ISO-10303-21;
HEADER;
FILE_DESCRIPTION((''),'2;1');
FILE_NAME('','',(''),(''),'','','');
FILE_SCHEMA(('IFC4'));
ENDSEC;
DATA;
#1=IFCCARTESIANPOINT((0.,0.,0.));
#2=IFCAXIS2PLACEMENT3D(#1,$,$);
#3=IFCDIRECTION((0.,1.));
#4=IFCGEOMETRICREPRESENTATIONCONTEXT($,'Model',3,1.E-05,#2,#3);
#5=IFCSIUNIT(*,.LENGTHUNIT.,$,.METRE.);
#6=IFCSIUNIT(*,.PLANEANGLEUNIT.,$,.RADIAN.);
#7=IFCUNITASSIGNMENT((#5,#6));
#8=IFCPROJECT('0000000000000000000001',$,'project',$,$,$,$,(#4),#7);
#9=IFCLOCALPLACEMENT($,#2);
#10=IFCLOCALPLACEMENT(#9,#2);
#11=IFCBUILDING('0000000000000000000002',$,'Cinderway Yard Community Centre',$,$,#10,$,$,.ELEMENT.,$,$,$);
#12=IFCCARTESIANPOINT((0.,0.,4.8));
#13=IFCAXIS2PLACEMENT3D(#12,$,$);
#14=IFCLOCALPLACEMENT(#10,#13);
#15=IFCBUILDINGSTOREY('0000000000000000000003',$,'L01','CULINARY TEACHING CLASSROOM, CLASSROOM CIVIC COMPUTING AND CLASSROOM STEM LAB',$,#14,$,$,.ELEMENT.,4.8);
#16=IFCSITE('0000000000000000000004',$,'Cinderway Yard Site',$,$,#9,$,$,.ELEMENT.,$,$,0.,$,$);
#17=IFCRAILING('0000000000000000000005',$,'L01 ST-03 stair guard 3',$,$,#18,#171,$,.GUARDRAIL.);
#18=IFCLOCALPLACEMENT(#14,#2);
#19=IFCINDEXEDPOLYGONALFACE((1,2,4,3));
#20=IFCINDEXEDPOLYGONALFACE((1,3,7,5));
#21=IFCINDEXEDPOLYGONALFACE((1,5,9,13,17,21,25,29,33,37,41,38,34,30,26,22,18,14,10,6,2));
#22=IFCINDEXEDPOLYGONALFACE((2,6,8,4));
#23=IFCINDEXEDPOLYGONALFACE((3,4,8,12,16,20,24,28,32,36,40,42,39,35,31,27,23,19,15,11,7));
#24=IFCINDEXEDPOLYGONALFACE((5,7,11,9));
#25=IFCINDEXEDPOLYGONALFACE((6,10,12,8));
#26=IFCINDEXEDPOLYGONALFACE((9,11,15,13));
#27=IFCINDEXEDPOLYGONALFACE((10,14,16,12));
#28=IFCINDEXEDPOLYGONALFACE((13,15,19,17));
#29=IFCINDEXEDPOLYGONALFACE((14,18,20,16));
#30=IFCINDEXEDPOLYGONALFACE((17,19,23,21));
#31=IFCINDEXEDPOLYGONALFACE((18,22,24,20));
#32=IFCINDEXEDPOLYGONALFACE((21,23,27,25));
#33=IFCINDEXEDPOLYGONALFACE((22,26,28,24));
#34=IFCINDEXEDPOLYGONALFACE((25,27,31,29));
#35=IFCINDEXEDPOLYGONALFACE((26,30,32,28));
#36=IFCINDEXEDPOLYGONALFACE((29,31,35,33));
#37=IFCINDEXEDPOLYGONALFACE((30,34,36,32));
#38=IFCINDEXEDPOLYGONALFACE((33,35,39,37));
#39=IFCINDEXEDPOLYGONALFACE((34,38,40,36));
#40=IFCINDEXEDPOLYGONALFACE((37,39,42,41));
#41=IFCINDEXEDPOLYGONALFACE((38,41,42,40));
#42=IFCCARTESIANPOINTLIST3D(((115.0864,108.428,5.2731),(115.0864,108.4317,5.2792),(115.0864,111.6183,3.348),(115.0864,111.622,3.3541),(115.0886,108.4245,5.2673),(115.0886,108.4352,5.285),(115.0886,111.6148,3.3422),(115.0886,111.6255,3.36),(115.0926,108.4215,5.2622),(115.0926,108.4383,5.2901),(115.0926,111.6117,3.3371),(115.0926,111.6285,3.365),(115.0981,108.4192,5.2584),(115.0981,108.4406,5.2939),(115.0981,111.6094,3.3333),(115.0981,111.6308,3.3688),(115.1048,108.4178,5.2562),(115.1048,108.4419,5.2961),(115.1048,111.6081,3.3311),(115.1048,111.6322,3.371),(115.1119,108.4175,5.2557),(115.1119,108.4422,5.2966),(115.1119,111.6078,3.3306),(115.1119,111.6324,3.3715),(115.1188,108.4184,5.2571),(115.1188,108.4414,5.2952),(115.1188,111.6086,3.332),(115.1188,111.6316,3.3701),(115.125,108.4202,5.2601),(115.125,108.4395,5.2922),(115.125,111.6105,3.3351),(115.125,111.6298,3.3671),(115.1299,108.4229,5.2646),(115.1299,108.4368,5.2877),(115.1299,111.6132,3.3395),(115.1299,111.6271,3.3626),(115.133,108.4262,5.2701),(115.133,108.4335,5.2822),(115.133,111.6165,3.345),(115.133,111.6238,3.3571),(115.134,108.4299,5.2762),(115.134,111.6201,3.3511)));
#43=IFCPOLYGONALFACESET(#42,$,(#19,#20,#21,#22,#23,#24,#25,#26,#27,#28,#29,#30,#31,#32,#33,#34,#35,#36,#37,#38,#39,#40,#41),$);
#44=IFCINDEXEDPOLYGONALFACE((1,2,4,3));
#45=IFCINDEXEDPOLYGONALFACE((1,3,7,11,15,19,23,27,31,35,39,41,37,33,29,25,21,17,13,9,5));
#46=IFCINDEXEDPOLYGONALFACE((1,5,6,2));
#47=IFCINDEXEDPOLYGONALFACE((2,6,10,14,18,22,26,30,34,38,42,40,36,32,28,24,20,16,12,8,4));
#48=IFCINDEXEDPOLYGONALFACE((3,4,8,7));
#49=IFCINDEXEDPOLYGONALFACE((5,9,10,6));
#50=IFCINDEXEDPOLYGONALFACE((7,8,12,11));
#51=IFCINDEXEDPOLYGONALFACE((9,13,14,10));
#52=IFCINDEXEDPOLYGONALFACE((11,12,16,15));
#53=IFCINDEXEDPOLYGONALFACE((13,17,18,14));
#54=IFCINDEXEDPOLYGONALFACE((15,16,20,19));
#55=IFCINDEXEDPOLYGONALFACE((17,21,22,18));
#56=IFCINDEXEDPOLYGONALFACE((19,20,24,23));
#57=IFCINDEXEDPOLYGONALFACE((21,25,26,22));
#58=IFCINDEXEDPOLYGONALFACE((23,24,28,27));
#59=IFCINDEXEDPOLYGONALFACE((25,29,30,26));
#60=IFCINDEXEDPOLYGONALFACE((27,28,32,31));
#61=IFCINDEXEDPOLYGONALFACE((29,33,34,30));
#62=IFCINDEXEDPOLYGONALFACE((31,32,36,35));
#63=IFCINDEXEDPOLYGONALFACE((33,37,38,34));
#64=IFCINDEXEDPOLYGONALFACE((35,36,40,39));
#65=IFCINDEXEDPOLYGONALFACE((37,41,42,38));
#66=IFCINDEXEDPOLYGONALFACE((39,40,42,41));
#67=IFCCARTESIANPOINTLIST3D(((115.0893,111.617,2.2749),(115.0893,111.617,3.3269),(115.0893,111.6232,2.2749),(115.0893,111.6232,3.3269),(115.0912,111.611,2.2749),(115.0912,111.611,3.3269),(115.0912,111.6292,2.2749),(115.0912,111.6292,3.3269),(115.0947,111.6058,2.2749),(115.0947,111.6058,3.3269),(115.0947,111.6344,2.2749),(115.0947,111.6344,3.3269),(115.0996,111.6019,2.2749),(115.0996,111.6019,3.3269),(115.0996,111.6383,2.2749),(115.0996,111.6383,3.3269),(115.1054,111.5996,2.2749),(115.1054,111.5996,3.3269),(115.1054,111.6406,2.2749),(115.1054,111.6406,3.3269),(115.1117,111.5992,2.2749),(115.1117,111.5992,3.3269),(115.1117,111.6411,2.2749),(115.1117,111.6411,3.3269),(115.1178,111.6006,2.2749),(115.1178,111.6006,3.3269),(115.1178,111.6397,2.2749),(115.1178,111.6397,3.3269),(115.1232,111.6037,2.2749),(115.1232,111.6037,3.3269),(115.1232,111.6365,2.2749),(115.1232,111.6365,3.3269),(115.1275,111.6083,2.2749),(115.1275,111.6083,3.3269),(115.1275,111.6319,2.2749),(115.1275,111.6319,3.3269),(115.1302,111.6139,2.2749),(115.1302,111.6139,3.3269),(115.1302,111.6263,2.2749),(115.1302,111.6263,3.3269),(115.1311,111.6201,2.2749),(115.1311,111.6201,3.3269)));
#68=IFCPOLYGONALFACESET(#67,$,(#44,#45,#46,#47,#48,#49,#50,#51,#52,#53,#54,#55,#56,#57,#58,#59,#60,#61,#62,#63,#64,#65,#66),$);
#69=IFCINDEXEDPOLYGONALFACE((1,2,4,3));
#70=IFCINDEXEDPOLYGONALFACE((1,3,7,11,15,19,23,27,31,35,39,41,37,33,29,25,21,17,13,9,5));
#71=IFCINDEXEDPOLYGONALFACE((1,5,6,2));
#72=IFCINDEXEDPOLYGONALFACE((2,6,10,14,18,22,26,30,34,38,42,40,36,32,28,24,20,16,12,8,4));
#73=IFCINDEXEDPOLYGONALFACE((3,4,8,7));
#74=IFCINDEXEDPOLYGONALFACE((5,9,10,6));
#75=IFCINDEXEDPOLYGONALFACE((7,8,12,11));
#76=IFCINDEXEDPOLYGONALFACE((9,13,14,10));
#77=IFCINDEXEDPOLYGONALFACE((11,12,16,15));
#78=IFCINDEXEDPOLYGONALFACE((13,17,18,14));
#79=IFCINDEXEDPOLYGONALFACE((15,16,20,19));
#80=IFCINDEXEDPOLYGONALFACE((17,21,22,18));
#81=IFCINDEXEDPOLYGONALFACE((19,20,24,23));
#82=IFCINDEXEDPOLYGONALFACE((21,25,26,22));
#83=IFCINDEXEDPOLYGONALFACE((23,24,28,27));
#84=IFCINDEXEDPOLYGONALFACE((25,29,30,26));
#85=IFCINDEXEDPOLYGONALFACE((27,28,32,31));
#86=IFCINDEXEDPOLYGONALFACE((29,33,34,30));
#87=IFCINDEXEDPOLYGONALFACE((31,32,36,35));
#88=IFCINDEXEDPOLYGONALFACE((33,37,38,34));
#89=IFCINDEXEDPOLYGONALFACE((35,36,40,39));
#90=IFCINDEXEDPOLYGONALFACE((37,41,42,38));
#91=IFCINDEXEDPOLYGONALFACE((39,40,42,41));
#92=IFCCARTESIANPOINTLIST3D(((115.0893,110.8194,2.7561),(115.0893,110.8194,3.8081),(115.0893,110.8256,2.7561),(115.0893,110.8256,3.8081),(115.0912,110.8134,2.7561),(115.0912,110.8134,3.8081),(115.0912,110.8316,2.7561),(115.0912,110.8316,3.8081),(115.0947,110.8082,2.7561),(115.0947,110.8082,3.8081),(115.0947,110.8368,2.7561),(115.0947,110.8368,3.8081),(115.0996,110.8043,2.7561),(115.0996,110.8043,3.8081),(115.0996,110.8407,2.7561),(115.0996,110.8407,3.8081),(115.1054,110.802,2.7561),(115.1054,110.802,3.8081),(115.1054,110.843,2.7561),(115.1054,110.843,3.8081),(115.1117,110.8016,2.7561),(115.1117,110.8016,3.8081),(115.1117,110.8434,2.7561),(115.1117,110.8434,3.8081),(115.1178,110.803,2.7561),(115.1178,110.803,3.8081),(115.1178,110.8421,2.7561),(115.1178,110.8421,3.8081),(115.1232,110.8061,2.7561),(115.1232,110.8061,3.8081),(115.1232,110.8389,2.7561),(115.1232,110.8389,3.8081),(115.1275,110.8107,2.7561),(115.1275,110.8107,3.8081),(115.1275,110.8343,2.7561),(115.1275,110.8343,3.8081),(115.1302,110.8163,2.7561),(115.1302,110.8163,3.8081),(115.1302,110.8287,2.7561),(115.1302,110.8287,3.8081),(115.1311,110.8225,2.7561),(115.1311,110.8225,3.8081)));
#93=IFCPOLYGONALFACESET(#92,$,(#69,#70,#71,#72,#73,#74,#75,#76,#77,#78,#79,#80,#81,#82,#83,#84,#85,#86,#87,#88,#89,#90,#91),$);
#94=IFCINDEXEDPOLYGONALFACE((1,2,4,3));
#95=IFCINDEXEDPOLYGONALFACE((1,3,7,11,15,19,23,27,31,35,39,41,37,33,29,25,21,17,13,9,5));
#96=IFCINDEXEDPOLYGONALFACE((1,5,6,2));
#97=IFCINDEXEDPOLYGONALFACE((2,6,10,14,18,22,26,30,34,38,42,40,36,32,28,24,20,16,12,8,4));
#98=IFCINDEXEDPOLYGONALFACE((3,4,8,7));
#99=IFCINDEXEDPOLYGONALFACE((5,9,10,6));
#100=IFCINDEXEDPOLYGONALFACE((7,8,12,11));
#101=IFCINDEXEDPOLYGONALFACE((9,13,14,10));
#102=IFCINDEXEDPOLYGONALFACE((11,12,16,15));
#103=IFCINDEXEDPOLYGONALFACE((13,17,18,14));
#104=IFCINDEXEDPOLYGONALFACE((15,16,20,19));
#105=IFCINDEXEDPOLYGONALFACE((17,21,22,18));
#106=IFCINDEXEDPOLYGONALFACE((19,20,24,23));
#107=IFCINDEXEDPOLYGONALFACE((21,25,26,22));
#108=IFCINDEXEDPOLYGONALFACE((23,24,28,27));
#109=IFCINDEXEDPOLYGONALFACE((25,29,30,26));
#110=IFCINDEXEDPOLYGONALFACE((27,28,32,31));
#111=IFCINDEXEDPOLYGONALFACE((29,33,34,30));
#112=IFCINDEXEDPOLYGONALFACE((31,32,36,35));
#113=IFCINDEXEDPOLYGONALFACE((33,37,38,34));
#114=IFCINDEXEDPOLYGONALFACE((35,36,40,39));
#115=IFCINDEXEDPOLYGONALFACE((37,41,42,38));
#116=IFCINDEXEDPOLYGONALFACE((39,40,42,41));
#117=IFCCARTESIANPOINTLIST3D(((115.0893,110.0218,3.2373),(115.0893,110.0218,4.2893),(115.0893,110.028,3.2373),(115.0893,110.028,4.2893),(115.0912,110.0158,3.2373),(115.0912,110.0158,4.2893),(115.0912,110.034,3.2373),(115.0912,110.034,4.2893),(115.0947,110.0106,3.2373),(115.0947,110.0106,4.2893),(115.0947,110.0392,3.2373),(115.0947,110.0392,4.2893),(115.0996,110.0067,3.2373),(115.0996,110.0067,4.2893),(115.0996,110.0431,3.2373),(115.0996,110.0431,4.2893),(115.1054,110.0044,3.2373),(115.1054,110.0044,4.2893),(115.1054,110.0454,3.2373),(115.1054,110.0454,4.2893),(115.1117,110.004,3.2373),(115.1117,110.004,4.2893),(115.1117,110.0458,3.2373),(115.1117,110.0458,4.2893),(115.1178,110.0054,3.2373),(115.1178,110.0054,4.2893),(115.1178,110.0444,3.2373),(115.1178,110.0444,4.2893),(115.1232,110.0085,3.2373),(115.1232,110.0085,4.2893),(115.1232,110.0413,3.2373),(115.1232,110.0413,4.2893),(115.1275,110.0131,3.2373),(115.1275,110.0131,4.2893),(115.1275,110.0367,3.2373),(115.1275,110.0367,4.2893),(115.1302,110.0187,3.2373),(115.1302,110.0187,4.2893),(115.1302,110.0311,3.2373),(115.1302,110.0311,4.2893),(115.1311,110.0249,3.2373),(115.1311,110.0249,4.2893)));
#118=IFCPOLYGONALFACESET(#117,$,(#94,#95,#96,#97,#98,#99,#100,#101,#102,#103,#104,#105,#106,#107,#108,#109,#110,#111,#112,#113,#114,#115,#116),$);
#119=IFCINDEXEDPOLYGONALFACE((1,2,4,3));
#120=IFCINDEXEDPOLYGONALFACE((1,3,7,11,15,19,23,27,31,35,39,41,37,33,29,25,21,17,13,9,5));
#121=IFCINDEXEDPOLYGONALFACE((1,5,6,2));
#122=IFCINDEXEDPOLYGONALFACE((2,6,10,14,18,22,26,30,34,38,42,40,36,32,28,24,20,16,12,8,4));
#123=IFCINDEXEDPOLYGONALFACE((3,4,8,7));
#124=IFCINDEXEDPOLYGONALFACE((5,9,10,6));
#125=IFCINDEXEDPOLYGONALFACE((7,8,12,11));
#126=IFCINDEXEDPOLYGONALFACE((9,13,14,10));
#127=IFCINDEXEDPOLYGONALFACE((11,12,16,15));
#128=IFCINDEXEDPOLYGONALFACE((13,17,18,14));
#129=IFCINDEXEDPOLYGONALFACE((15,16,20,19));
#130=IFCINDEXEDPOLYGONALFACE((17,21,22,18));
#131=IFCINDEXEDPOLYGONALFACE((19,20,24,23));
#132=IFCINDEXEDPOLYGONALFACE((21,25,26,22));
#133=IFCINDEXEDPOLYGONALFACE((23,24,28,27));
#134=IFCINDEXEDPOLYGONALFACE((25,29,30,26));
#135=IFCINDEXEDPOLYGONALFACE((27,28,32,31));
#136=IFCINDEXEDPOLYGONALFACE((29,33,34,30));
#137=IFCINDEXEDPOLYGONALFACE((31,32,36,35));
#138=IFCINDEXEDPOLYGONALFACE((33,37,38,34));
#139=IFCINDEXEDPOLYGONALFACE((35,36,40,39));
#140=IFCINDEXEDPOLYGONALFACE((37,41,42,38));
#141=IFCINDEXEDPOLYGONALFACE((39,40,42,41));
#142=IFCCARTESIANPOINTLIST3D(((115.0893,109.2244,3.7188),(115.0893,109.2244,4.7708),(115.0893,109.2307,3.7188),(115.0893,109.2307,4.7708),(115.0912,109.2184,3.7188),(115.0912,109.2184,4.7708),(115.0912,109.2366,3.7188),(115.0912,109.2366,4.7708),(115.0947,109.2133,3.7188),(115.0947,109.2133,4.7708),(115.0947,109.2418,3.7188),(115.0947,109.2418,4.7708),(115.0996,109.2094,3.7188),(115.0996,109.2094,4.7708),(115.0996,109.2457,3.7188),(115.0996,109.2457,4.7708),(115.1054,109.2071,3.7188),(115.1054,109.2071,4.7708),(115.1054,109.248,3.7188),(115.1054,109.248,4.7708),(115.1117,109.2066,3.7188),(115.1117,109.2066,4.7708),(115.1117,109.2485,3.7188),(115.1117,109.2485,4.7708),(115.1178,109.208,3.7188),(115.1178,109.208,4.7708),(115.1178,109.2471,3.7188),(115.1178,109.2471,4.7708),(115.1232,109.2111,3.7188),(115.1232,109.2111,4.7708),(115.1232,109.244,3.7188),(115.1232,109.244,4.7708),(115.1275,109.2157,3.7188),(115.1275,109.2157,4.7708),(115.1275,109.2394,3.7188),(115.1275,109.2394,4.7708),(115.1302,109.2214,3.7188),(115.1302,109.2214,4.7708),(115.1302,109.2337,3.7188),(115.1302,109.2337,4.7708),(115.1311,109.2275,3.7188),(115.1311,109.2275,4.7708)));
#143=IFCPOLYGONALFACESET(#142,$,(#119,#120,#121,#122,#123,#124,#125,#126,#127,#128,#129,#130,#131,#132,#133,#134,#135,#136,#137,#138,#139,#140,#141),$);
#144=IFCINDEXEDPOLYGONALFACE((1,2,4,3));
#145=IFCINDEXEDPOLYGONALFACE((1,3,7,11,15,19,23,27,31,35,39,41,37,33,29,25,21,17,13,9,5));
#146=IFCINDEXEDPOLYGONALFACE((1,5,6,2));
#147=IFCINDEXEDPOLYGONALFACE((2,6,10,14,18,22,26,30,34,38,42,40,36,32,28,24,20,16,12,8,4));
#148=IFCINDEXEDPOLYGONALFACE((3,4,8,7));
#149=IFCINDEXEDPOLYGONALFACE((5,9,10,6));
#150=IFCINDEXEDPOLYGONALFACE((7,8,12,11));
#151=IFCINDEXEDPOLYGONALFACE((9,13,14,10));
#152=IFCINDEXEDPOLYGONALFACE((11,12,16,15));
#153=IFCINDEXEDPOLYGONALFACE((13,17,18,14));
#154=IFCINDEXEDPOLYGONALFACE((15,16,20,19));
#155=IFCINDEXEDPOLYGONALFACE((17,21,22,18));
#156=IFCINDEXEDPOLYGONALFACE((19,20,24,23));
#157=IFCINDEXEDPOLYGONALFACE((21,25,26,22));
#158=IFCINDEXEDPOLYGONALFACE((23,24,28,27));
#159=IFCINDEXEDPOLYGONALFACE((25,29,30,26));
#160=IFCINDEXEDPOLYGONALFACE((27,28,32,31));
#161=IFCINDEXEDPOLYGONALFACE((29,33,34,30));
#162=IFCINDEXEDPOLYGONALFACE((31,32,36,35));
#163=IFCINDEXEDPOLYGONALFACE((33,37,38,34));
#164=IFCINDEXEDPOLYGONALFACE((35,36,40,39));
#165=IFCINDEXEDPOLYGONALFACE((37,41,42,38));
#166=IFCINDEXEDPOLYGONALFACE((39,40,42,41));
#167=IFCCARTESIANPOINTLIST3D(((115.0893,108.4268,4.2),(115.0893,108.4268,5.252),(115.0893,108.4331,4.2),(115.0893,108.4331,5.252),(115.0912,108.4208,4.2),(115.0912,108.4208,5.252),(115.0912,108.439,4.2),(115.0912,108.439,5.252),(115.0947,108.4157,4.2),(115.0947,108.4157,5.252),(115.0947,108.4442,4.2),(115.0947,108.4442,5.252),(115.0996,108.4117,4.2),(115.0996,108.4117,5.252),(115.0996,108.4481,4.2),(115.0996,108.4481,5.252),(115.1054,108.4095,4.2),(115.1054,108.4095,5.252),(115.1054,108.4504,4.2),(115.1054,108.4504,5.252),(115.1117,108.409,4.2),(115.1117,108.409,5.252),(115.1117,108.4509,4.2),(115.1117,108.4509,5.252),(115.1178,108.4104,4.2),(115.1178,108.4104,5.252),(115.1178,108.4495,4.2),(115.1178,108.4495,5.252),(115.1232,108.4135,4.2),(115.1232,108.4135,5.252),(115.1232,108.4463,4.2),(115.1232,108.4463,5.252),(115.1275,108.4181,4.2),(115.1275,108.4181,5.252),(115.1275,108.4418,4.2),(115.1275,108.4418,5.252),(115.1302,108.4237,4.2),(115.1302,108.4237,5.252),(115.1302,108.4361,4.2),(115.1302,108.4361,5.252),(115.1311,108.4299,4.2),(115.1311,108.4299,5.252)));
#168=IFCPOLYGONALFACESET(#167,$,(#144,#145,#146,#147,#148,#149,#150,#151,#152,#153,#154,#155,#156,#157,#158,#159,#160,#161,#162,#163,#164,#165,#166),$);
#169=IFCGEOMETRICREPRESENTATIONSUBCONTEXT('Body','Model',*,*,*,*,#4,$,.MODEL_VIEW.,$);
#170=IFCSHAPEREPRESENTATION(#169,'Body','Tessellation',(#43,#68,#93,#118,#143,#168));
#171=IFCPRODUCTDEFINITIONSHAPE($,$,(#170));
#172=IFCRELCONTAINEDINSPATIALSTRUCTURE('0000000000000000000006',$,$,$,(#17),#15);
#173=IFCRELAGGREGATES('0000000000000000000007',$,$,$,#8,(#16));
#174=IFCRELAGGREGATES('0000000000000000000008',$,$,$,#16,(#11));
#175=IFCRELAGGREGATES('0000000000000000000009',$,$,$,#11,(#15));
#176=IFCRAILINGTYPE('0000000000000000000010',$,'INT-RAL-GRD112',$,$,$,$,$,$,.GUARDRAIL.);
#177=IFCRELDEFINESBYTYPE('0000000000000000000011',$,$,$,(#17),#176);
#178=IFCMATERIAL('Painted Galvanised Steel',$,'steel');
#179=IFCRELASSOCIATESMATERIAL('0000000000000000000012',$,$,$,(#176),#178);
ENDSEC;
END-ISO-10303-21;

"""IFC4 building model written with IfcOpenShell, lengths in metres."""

from ifc_helpers import new_model, si_unit, direction, frame, origin, origin_2d, place, context, subcontext, project, spatial, circle, extrude, material, type_object, element, save


model = new_model("IFC4")

# Units and contexts
model_context = context("Model", 3, precision=1e-05, world=origin(), true_north=direction((0.0, 1.0)))
body_context = subcontext(model_context, "Body", "Model", "MODEL_VIEW")
ifc_project = project(units=[si_unit("LENGTHUNIT", "METRE"), si_unit("PLANEANGLEUNIT", "RADIAN")], contexts=[model_context])

# Site, building, storey
site_placement = place(None, origin())
site = spatial("IfcSite", under=ifc_project, at=site_placement, Name="Cinderway Yard Site", CompositionType="ELEMENT", RefElevation=0.0)
building_placement = place(site_placement, origin())
building = spatial("IfcBuilding", under=site, at=building_placement, Name="Cinderway Yard Community Centre", CompositionType="ELEMENT")
storey_placement = place(building_placement, frame((0.0, 0.0, 4.8)))
storey = spatial("IfcBuildingStorey", under=building, at=storey_placement, Name="L01", Description="CULINARY TEACHING CLASSROOM, CLASSROOM CIVIC COMPUTING AND CLASSROOM STEM LAB", CompositionType="ELEMENT", Elevation=4.8)

# Railing
ifc_material_1 = material(Name="Painted Galvanised Steel", Category="steel")
railing_type_1 = type_object("IfcRailingType", Name="INT-RAL-GRD112", PredefinedType="GUARDRAIL", material=ifc_material_1)
railing_1_placement = place(storey_placement, frame((115.1101, 111.6201, 2.2749)))
element("IfcRailing", 1, at=railing_1_placement, inside=storey, type_object=railing_type_1, Name="L01 ST-03 stair guard 3", PredefinedType="GUARDRAIL", context=body_context, shape_type="SweptSolid", body=[
    extrude(circle(Radius=0.0239, at=origin_2d()), frame((0.0, 0.0, 1.0762), z_axis=(0.0, -0.856195, 0.516653), x_axis=(1.0, 0.0, 0.0)), (0.0, 0.0, 1.0), 3.7261),
    extrude(circle(Radius=0.021, at=origin_2d()), origin(), (0.0, 0.0, 1.0), 1.052),
    extrude(circle(Radius=0.021, at=origin_2d()), frame((0.0, -0.7976, 0.4812)), (0.0, 0.0, 1.0), 1.052),
    extrude(circle(Radius=0.021, at=origin_2d()), frame((0.0, -1.5952, 0.9624)), (0.0, 0.0, 1.0), 1.052),
    extrude(circle(Radius=0.021, at=origin_2d()), frame((0.0, -2.3926, 1.4438)), (0.0, 0.0, 1.0), 1.052),
    extrude(circle(Radius=0.021, at=origin_2d()), frame((0.0, -3.1902, 1.925)), (0.0, 0.0, 1.0), 1.052),
])

save(model, "model.ifc")
